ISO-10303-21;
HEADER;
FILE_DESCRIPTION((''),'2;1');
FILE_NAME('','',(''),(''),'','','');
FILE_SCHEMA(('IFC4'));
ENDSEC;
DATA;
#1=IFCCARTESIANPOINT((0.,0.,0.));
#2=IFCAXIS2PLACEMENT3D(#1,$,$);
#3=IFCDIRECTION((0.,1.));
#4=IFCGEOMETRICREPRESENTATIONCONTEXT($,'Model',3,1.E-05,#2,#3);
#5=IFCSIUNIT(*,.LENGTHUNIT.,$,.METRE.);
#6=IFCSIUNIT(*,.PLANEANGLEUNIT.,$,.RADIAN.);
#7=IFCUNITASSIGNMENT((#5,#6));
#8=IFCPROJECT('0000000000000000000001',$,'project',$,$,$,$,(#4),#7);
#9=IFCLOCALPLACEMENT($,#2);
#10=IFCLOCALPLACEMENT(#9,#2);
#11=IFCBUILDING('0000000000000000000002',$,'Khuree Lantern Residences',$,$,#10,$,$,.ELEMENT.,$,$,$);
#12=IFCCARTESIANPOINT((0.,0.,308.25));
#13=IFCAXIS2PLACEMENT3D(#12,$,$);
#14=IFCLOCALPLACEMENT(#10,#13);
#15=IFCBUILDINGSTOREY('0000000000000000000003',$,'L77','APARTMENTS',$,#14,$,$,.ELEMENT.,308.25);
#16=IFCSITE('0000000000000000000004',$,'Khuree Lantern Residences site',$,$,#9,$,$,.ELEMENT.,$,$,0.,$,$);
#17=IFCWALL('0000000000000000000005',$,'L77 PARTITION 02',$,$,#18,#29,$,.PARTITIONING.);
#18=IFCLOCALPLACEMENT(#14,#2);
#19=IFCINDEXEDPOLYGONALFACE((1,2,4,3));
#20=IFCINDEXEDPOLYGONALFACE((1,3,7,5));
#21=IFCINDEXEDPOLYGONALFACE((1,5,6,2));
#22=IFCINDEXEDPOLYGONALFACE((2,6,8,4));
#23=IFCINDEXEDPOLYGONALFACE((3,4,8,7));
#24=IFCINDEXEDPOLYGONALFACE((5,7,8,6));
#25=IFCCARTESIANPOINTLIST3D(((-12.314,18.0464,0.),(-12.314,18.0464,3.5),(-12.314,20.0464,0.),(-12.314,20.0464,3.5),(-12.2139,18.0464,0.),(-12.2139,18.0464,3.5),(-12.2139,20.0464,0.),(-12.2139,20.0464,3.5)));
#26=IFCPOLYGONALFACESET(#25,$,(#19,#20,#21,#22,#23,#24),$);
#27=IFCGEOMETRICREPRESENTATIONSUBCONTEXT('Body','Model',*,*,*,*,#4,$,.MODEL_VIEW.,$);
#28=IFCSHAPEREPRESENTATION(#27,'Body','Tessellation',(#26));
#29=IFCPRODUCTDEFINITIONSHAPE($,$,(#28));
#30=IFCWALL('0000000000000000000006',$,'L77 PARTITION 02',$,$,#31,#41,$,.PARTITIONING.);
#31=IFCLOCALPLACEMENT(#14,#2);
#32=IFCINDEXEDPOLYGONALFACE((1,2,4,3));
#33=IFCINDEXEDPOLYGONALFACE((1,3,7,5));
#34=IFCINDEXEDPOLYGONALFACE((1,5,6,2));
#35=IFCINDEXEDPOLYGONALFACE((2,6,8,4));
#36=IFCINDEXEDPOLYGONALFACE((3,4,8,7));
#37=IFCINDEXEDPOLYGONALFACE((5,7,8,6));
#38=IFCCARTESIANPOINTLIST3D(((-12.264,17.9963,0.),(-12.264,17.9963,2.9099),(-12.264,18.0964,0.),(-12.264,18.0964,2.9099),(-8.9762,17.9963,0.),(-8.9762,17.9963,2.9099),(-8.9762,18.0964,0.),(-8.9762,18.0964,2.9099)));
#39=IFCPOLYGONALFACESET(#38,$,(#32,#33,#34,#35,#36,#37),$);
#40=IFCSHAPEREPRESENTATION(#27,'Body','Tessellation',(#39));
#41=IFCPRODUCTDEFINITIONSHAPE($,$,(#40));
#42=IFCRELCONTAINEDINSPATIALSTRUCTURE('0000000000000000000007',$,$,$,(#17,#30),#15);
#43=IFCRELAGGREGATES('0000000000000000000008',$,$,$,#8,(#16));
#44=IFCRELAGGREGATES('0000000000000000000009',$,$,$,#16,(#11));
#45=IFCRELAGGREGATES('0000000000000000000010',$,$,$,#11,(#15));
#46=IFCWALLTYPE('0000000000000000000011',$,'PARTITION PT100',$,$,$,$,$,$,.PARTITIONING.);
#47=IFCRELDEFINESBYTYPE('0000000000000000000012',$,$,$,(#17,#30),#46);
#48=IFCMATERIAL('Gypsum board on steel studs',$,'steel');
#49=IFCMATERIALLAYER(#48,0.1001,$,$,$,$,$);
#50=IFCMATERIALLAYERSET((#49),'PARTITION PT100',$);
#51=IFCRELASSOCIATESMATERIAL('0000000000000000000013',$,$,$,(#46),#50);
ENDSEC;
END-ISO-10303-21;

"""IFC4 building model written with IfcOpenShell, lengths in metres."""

from ifc_helpers import new_model, si_unit, direction, frame, frame_2d, origin, place, context, subcontext, project, spatial, rectangle, extrude, material, layer, layer_set, type_object, element, save


model = new_model("IFC4")

# Units and contexts
model_context = context("Model", 3, precision=1e-05, world=origin(), true_north=direction((0.0, 1.0)))
body_context = subcontext(model_context, "Body", "Model", "MODEL_VIEW")
ifc_project = project(units=[si_unit("LENGTHUNIT", "METRE"), si_unit("PLANEANGLEUNIT", "RADIAN")], contexts=[model_context])

# Site, building, storey
site_placement = place(None, origin())
site = spatial("IfcSite", under=ifc_project, at=site_placement, Name="Khuree Lantern Residences site", CompositionType="ELEMENT", RefElevation=0.0)
building_placement = place(site_placement, origin())
building = spatial("IfcBuilding", under=site, at=building_placement, Name="Khuree Lantern Residences", CompositionType="ELEMENT")
storey_placement = place(building_placement, frame((0.0, 0.0, 308.25)))
storey = spatial("IfcBuildingStorey", under=building, at=storey_placement, Name="L77", Description="APARTMENTS", CompositionType="ELEMENT", Elevation=308.25)

# Shared definitions
ifc_material_1 = material(Name="Gypsum board on steel studs", Category="steel")
ifc_layer_1 = layer(ifc_material_1, 0.1001)
ifc_layer_set_1 = layer_set([ifc_layer_1], Name="PARTITION PT100")
wall_type_1 = type_object("IfcWallType", Name="PARTITION PT100", PredefinedType="PARTITIONING", material=ifc_layer_set_1)

# Walls
wall_1_placement = place(storey_placement, frame((-12.2639, 18.0464, 0.0), z_axis=(0.0, 0.0, 1.0), x_axis=(0.0, 1.0, 0.0)))
element("IfcWall", 1, at=wall_1_placement, inside=storey, type_object=wall_type_1, Name="L77 PARTITION 02", PredefinedType="PARTITIONING", context=body_context, shape_type="SweptSolid", body=[
    extrude(rectangle(XDim=2.0, YDim=0.1001, at=frame_2d((1.0, 0.0))), origin(), (0.0, 0.0, 1.0), 3.5),
])
wall_2_placement = place(storey_placement, frame((-8.9761, 18.0464, 0.0), z_axis=(0.0, 0.0, 1.0), x_axis=(-1.0, 0.0, 0.0)))
element("IfcWall", 2, at=wall_2_placement, inside=storey, type_object=wall_type_1, Name="L77 PARTITION 02", PredefinedType="PARTITIONING", context=body_context, shape_type="SweptSolid", body=[
    extrude(rectangle(XDim=3.2878, YDim=0.1001, at=frame_2d((1.644, 0.0))), origin(), (0.0, 0.0, 1.0), 2.9099),
])

save(model, "model.ifc")
